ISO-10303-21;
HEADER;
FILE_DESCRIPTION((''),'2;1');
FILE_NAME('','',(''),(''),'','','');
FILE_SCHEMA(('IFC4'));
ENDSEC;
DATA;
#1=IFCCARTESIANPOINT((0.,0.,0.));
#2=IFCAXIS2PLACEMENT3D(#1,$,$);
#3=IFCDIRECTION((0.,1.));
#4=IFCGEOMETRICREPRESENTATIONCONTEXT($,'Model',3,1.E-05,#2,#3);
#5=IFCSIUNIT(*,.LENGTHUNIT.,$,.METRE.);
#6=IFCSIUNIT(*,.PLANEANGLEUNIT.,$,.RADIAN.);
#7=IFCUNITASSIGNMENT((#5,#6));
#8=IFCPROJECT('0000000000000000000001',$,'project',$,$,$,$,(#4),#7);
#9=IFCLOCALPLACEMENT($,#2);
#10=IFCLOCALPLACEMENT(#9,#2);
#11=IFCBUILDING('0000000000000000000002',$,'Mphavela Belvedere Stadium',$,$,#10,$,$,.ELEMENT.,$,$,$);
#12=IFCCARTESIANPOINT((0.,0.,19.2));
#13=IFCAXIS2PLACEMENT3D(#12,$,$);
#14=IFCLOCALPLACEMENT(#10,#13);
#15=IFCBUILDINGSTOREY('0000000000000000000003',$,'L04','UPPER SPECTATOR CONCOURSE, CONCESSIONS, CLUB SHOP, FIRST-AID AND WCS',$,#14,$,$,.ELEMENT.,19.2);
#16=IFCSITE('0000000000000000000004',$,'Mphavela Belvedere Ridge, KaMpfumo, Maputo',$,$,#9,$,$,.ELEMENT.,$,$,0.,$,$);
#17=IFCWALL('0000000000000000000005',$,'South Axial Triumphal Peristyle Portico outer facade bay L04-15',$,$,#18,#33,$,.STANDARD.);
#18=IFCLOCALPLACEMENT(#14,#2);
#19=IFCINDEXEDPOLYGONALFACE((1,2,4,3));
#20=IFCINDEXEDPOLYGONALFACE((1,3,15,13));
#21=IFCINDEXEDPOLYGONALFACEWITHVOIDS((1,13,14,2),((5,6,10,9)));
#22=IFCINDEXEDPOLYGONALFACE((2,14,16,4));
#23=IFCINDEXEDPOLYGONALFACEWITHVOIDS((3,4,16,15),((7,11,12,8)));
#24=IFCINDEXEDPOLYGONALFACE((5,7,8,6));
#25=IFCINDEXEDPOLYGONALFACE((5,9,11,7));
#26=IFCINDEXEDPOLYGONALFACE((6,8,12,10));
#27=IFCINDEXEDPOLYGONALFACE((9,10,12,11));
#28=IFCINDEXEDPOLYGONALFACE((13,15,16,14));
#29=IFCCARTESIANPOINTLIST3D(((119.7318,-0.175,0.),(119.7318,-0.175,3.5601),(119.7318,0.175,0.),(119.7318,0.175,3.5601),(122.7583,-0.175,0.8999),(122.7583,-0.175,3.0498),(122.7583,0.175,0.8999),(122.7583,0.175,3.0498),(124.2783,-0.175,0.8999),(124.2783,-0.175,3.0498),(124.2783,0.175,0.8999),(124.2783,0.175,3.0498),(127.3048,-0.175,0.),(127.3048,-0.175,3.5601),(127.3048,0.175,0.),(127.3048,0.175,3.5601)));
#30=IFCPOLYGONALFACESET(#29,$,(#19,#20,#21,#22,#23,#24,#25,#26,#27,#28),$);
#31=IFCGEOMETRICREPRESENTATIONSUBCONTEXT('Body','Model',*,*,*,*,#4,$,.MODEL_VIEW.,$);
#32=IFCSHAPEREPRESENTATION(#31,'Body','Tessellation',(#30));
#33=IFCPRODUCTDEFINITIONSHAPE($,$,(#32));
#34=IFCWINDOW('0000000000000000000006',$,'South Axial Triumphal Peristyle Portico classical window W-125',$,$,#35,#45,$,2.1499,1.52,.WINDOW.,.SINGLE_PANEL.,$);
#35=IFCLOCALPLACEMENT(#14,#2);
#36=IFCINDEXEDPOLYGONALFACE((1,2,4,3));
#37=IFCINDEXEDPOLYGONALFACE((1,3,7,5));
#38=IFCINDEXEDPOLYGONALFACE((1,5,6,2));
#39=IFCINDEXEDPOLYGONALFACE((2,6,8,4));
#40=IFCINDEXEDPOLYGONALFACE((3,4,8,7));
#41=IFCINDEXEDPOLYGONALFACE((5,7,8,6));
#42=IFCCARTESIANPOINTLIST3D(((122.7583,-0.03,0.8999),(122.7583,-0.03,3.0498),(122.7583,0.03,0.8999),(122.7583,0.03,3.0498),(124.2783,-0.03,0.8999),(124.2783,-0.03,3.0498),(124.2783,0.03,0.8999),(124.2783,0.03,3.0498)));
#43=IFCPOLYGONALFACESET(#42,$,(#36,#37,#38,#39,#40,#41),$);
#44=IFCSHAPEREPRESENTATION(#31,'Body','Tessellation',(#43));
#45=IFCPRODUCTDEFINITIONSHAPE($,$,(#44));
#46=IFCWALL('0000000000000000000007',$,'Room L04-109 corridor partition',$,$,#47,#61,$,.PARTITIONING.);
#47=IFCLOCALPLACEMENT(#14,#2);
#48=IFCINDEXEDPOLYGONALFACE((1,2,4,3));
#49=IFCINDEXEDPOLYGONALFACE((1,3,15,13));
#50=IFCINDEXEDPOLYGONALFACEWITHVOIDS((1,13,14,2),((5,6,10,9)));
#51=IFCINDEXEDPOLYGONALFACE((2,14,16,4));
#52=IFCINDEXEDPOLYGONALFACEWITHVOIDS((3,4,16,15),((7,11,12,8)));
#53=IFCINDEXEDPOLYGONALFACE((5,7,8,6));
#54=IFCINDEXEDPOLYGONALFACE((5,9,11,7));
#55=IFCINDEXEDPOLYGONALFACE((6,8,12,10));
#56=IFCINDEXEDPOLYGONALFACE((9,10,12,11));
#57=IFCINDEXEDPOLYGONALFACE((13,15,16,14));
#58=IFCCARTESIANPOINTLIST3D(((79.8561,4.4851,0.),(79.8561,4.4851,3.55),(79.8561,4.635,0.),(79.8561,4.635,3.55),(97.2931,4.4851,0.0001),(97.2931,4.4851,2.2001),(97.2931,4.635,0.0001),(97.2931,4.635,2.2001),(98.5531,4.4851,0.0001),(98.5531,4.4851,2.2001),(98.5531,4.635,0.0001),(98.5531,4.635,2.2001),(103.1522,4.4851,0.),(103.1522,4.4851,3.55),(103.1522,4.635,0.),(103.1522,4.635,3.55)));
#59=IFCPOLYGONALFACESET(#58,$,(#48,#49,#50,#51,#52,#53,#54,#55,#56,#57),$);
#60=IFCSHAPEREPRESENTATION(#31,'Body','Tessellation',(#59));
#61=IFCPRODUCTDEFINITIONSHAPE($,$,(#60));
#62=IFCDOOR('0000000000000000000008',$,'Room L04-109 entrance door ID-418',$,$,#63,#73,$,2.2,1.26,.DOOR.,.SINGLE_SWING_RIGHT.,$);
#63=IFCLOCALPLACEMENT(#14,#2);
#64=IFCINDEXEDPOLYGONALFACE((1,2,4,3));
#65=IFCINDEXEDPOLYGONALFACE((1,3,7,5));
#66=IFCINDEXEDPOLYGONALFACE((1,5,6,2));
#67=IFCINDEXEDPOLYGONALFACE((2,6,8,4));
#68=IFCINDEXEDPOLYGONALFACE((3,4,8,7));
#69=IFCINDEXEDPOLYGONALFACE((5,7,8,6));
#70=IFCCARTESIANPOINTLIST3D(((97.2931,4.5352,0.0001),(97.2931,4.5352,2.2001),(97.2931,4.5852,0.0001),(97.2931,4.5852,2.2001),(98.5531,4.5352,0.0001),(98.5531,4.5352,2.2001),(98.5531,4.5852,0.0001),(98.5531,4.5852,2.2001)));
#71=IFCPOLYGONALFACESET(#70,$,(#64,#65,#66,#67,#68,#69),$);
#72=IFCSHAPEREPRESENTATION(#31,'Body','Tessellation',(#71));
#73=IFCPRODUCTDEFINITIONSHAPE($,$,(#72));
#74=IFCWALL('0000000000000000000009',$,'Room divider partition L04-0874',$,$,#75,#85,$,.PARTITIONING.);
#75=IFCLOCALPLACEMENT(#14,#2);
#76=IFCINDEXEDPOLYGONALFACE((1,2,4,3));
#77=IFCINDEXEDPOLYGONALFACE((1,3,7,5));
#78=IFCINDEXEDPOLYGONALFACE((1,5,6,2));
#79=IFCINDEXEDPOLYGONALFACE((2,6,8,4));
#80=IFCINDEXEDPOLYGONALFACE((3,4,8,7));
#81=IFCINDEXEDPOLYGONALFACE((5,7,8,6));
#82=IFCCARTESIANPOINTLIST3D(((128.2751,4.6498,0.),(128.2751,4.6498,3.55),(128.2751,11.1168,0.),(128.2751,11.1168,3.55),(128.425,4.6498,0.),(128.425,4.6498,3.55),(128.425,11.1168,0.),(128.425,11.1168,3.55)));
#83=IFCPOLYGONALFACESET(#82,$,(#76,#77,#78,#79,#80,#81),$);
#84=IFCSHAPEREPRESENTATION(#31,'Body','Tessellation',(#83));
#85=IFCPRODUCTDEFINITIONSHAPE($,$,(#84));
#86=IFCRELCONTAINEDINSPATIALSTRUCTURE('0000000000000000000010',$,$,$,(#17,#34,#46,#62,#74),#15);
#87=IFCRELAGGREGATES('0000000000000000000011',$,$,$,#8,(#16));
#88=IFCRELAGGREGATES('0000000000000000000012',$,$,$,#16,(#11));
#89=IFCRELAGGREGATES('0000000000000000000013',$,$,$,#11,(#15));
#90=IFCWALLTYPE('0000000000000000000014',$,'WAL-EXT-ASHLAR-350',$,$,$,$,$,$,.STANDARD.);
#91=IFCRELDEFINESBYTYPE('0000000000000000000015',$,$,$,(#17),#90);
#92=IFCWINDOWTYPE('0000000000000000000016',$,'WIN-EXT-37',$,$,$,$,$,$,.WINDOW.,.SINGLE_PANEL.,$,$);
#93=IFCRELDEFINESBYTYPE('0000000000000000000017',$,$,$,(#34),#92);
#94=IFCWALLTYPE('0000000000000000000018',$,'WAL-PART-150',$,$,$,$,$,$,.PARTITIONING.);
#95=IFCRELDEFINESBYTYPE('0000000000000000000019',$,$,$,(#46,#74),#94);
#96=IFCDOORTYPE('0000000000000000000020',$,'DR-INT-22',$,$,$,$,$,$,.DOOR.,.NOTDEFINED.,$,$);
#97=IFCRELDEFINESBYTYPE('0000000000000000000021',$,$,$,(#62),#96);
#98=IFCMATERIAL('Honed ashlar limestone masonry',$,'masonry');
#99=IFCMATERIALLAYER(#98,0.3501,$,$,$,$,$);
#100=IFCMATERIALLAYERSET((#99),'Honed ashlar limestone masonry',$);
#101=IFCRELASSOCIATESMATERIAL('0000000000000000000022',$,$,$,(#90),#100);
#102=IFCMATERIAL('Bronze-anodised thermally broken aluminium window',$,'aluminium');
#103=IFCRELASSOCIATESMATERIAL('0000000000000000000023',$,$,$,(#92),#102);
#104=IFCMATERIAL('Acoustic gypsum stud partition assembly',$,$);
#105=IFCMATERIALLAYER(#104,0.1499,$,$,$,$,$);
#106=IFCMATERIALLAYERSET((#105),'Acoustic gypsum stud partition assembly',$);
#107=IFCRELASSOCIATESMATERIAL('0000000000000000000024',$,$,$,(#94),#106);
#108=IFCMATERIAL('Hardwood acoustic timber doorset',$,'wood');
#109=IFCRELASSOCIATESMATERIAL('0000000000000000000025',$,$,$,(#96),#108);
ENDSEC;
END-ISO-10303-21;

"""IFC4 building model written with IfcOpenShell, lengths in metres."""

from ifc_helpers import new_model, si_unit, direction, frame, frame_2d, origin, place, context, subcontext, project, spatial, rectangle, extrude, material, layer, layer_set, type_object, element, fill, save


model = new_model("IFC4")

# Units and contexts
model_context = context("Model", 3, precision=1e-05, world=origin(), true_north=direction((0.0, 1.0)))
body_context = subcontext(model_context, "Body", "Model", "MODEL_VIEW")
ifc_project = project(units=[si_unit("LENGTHUNIT", "METRE"), si_unit("PLANEANGLEUNIT", "RADIAN")], contexts=[model_context])

# Site, building, storey
site_placement = place(None, origin())
site = spatial("IfcSite", under=ifc_project, at=site_placement, Name="Mphavela Belvedere Ridge, KaMpfumo, Maputo", CompositionType="ELEMENT", RefElevation=0.0)
building_placement = place(site_placement, origin())
building = spatial("IfcBuilding", under=site, at=building_placement, Name="Mphavela Belvedere Stadium", CompositionType="ELEMENT")
storey_placement = place(building_placement, frame((0.0, 0.0, 19.2)))
storey = spatial("IfcBuildingStorey", under=building, at=storey_placement, Name="L04", Description="UPPER SPECTATOR CONCOURSE, CONCESSIONS, CLUB SHOP, FIRST-AID AND WCS", CompositionType="ELEMENT", Elevation=19.2)

# Wall, opening, window
ifc_material_1 = material(Name="Honed ashlar limestone masonry", Category="masonry")
ifc_layer_1 = layer(ifc_material_1, 0.3501)
ifc_layer_set_1 = layer_set([ifc_layer_1], Name="Honed ashlar limestone masonry")
wall_type_1 = type_object("IfcWallType", Name="WAL-EXT-ASHLAR-350", PredefinedType="STANDARD", material=ifc_layer_set_1)
wall_1_placement = place(storey_placement, frame((127.3049, 0.0, 0.0), z_axis=(0.0, 0.0, 1.0), x_axis=(-1.0, 0.0, 0.0)))
wall_1 = element("IfcWall", 1, at=wall_1_placement, inside=storey, type_object=wall_type_1, Name="South Axial Triumphal Peristyle Portico outer facade bay L04-15", PredefinedType="STANDARD", context=body_context, shape_type="SweptSolid", body=[
    extrude(rectangle(XDim=7.573, YDim=0.3501, at=frame_2d((3.7866, 0.0))), origin(), (0.0, 0.0, 1.0), 3.5601),
])
opening_1_placement = place(wall_1_placement, frame((3.0266, 0.0, 0.8999)))
opening_1 = element("IfcOpeningElement", 2, at=opening_1_placement, cuts=wall_1, PredefinedType="OPENING", context=body_context, shape_type="SweptSolid", body=[
    extrude(rectangle(XDim=1.52, YDim=2.1499, at=frame_2d((0.76, 1.075))), frame((0.0, 0.1851, 0.0), z_axis=(0.0, -1.0, 0.0), x_axis=(1.0, 0.0, 0.0)), (0.0, 0.0, 1.0), 0.3701),
])
ifc_material_2 = material(Name="Bronze-anodised thermally broken aluminium window", Category="aluminium")
window_type_1 = type_object("IfcWindowType", Name="WIN-EXT-37", PartitioningType="SINGLE_PANEL", PredefinedType="WINDOW", material=ifc_material_2)
window_1_placement = place(opening_1_placement, origin())
window_1 = element("IfcWindow", 3, at=window_1_placement, inside=storey, type_object=window_type_1, Name="South Axial Triumphal Peristyle Portico classical window W-125", OverallHeight=2.1499, OverallWidth=1.52, PartitioningType="SINGLE_PANEL", PredefinedType="WINDOW", context=body_context, shape_type="SweptSolid", body=[
    extrude(rectangle(XDim=1.52, YDim=2.1499, at=frame_2d((0.76, 1.075))), frame((0.0, 0.03, 0.0), z_axis=(0.0, -1.0, 0.0), x_axis=(1.0, 0.0, 0.0)), (0.0, 0.0, 1.0), 0.0601),
])
fill(opening_1, window_1)

# Wall, opening, door
ifc_material_3 = material(Name="Acoustic gypsum stud partition assembly")
ifc_layer_2 = layer(ifc_material_3, 0.1499)
ifc_layer_set_2 = layer_set([ifc_layer_2], Name="Acoustic gypsum stud partition assembly")
wall_type_2 = type_object("IfcWallType", Name="WAL-PART-150", PredefinedType="PARTITIONING", material=ifc_layer_set_2)
wall_2_placement = place(storey_placement, frame((103.1521, 4.5601, 0.0), z_axis=(0.0, 0.0, 1.0), x_axis=(-1.0, 0.0, 0.0)))
wall_2 = element("IfcWall", 4, at=wall_2_placement, inside=storey, type_object=wall_type_2, Name="Room L04-109 corridor partition", PredefinedType="PARTITIONING", context=body_context, shape_type="SweptSolid", body=[
    extrude(rectangle(XDim=23.2961, YDim=0.1499, at=frame_2d((11.6479, 0.0))), origin(), (0.0, 0.0, 1.0), 3.55),
])
opening_2_placement = place(wall_2_placement, frame((4.5991, 0.0, 0.0)))
opening_2 = element("IfcOpeningElement", 5, at=opening_2_placement, cuts=wall_2, PredefinedType="OPENING", context=body_context, shape_type="SweptSolid", body=[
    extrude(rectangle(XDim=1.26, YDim=2.2, at=frame_2d((0.6299, 1.1001))), frame((0.0, 0.085, 0.0), z_axis=(0.0, -1.0, 0.0), x_axis=(1.0, 0.0, 0.0)), (0.0, 0.0, 1.0), 0.1699),
])
ifc_material_4 = material(Name="Hardwood acoustic timber doorset", Category="wood")
door_type = type_object("IfcDoorType", Name="DR-INT-22", OperationType="NOTDEFINED", PredefinedType="DOOR", material=ifc_material_4)
door_placement = place(opening_2_placement, origin())
door = element("IfcDoor", 6, at=door_placement, inside=storey, type_object=door_type, Name="Room L04-109 entrance door ID-418", OperationType="SINGLE_SWING_RIGHT", OverallHeight=2.2, OverallWidth=1.26, PredefinedType="DOOR", context=body_context, shape_type="SweptSolid", body=[
    extrude(rectangle(XDim=1.26, YDim=2.2, at=frame_2d((0.6299, 1.1001))), frame((0.0, 0.0249, 0.0), z_axis=(0.0, -1.0, 0.0), x_axis=(1.0, 0.0, 0.0)), (0.0, 0.0, 1.0), 0.05),
])
fill(opening_2, door)

# Wall
wall_3_placement = place(storey_placement, frame((128.3501, 4.6499, 0.0), z_axis=(0.0, 0.0, 1.0), x_axis=(0.0, 1.0, 0.0)))
element("IfcWall", 7, at=wall_3_placement, inside=storey, type_object=wall_type_2, Name="Room divider partition L04-0874", PredefinedType="PARTITIONING", context=body_context, shape_type="SweptSolid", body=[
    extrude(rectangle(XDim=6.467, YDim=0.1499, at=frame_2d((3.2334, 0.0))), origin(), (0.0, 0.0, 1.0), 3.55),
])

save(model, "model.ifc")
